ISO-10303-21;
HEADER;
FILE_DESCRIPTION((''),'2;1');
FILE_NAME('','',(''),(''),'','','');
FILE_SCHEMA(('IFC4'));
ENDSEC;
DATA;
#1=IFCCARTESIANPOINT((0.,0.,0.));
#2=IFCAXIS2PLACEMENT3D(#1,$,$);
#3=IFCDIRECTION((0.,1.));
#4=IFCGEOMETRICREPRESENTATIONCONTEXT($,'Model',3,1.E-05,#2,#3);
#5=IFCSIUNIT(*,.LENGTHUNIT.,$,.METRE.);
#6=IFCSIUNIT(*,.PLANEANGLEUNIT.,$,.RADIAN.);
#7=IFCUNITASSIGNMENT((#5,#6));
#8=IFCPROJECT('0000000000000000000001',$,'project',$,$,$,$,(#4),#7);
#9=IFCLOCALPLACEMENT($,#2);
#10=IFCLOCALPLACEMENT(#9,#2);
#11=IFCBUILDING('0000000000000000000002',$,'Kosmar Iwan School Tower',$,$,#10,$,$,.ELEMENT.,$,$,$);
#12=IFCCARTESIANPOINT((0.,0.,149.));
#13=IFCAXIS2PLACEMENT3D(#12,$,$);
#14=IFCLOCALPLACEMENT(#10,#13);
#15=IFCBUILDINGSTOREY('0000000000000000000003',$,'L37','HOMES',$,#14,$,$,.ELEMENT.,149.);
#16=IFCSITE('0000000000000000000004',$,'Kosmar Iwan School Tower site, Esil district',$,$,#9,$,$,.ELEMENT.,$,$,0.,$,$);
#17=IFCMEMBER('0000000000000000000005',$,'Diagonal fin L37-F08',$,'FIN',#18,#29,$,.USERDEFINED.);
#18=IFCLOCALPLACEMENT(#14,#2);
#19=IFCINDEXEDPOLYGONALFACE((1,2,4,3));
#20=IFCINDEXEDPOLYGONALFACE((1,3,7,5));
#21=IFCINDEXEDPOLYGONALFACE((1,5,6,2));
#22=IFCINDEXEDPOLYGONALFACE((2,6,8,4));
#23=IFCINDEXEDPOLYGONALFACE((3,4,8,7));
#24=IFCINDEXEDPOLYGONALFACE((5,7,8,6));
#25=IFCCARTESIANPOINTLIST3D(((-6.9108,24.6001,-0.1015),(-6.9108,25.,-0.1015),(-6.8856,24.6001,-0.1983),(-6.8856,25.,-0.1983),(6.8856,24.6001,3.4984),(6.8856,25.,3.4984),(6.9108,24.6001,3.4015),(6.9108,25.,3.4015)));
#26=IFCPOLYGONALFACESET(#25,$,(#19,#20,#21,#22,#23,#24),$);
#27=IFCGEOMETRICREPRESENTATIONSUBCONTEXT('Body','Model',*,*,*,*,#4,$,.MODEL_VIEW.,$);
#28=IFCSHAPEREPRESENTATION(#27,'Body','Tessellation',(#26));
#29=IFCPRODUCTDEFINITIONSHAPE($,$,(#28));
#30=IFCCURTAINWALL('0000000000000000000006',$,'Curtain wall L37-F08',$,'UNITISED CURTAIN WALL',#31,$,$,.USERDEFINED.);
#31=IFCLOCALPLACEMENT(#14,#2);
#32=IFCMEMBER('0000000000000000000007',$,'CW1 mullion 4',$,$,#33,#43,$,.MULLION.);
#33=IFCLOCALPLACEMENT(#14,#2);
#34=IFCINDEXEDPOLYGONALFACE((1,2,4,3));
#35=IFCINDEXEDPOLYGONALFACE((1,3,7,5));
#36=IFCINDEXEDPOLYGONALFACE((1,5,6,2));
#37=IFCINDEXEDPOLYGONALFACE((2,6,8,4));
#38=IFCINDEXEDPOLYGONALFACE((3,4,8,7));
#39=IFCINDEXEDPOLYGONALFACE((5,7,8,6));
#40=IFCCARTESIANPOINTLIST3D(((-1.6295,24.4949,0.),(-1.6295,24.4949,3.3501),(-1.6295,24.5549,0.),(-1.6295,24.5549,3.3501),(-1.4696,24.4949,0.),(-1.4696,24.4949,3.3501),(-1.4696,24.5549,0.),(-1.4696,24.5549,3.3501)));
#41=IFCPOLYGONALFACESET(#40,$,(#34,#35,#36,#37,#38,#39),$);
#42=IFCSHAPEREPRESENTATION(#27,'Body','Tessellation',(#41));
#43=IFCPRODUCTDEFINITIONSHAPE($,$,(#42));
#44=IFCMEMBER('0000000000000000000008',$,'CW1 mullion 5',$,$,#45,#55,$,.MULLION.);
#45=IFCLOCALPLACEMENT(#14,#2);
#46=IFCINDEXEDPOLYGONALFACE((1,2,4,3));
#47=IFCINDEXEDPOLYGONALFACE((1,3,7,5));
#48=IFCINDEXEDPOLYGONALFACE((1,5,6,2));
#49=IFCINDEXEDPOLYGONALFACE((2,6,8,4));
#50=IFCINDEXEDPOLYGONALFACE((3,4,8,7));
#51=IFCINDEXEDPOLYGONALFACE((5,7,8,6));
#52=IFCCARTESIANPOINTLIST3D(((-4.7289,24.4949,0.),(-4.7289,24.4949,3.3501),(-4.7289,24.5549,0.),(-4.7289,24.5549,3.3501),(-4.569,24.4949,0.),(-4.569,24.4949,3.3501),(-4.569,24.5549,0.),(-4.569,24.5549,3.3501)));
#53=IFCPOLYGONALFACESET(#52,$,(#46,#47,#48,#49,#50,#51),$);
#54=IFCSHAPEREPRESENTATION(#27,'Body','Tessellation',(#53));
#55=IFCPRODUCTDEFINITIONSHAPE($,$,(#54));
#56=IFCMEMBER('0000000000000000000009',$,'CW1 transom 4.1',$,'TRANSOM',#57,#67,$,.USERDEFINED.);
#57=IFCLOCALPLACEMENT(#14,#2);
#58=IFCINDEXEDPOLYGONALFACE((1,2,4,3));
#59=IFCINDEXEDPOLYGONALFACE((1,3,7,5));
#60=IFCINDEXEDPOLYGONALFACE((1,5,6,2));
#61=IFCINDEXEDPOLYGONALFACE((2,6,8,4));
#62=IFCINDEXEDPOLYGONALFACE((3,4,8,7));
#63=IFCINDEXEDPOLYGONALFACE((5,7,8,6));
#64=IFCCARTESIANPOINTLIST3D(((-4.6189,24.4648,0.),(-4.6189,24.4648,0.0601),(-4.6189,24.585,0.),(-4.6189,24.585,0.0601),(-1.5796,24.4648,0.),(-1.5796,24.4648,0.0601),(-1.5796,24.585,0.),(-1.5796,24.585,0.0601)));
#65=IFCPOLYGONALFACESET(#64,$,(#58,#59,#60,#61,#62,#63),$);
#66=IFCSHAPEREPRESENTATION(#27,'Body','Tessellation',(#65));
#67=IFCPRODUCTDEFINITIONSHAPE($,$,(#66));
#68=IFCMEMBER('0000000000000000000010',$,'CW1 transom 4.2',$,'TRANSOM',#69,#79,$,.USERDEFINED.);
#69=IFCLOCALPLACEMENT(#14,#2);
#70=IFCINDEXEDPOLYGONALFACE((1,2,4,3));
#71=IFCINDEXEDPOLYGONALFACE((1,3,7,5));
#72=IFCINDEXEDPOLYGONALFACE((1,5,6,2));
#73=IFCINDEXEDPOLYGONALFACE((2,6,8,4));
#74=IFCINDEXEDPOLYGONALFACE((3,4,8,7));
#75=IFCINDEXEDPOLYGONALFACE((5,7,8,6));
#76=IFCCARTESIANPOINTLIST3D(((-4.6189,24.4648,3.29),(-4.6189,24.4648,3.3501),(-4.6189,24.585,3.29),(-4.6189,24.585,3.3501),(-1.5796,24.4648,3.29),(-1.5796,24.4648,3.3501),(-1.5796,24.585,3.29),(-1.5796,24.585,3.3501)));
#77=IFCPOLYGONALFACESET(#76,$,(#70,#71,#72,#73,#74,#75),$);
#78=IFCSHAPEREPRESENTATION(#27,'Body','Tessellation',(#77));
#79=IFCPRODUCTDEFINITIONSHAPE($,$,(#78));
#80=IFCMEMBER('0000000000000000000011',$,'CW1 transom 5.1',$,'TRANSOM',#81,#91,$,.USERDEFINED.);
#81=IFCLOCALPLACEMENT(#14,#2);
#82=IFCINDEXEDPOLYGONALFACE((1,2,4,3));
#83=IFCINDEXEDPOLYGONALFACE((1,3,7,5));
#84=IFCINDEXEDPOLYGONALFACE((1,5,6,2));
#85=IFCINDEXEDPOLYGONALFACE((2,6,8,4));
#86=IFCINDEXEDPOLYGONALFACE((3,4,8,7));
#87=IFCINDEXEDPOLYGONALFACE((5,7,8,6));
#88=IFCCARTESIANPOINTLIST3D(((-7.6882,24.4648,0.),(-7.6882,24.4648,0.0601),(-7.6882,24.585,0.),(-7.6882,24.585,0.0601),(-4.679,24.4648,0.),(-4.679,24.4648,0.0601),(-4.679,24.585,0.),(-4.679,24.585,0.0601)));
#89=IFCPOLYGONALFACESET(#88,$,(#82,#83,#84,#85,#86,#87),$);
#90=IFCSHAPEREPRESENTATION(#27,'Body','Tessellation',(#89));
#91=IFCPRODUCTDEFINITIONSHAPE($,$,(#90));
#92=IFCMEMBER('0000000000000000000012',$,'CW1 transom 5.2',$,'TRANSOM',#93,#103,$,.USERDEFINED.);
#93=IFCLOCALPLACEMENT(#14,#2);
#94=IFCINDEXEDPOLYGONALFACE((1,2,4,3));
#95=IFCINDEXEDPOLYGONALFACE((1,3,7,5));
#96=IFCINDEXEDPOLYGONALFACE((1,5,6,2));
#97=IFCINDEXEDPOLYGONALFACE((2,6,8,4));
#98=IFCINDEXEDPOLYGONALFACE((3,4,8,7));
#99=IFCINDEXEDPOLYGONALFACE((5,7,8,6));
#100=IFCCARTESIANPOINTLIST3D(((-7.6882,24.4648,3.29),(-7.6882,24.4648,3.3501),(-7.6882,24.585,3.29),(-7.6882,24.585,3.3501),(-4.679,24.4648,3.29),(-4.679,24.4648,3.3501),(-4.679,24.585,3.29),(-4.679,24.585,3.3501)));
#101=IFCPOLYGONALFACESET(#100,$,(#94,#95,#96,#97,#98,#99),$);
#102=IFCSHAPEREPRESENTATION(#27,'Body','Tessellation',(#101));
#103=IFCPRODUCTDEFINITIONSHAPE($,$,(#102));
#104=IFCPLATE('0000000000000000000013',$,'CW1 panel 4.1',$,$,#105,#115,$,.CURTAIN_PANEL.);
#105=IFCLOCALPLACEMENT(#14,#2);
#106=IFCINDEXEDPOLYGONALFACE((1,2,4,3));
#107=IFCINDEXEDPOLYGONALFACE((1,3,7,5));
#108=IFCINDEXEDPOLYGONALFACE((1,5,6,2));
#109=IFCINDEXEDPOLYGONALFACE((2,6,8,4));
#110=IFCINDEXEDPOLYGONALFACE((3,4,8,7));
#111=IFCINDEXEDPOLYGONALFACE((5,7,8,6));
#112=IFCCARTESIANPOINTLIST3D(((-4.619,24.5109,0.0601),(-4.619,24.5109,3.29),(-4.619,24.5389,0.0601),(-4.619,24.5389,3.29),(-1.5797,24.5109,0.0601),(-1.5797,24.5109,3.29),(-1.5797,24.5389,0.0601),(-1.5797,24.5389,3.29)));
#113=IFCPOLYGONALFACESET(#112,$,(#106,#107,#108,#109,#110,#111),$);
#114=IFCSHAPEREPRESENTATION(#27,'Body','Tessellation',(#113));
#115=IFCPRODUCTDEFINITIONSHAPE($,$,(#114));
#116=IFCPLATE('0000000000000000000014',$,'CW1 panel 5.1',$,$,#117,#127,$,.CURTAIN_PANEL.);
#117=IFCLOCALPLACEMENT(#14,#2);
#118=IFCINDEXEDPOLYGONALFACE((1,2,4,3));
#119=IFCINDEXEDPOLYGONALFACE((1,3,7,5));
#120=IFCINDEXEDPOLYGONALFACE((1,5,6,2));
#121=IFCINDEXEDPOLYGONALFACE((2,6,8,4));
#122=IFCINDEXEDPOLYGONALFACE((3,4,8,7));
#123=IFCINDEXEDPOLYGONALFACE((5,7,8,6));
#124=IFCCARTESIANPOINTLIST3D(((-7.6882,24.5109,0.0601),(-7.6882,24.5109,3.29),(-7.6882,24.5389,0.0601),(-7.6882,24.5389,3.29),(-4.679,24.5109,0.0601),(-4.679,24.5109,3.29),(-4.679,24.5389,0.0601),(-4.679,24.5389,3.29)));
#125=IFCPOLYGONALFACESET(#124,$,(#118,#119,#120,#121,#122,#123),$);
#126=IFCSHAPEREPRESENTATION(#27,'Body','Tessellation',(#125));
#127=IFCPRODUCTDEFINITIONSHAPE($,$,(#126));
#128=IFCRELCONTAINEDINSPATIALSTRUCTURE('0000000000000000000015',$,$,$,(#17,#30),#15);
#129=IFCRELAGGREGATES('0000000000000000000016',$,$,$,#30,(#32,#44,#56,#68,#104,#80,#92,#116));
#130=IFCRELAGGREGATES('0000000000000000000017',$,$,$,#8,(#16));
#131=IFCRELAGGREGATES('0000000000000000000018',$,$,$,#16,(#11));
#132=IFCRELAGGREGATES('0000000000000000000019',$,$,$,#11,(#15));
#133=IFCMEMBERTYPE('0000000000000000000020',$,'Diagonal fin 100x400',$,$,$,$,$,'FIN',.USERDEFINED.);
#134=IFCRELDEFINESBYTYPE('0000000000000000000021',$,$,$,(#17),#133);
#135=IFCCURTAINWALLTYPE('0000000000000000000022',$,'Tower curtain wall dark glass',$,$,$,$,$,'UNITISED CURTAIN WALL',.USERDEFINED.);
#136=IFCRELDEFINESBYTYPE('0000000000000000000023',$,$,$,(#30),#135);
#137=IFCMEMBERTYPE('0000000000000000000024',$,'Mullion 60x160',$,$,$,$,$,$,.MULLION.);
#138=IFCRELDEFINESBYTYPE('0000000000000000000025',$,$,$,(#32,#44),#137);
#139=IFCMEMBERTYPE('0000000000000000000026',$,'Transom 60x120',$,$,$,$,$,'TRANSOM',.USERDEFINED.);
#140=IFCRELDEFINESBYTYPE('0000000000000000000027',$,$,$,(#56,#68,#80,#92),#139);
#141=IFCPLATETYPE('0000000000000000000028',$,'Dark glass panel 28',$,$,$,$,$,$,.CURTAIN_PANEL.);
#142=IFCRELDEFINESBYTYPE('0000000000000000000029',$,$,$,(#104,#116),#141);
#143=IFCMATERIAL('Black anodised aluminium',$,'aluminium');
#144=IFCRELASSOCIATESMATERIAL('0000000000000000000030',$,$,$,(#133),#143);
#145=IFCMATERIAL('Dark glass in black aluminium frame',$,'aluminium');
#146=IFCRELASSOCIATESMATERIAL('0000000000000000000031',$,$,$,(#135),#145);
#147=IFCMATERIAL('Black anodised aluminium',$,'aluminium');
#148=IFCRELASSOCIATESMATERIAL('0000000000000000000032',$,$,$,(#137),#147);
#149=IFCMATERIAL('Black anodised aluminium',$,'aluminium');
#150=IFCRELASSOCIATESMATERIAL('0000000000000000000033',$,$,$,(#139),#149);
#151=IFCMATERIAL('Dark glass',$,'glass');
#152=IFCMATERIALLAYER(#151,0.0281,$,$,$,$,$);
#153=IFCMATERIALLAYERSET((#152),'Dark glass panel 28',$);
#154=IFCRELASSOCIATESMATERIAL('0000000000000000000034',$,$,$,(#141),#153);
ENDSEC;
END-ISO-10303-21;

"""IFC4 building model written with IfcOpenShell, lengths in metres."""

from ifc_helpers import new_model, si_unit, direction, frame, origin, origin_2d, place, context, subcontext, project, spatial, rectangle, extrude, material, layer, layer_set, material_profile, profile_set, type_object, element, aggregate, save


model = new_model("IFC4")

# Units and contexts
model_context = context("Model", 3, precision=1e-05, world=origin(), true_north=direction((0.0, 1.0)))
body_context = subcontext(model_context, "Body", "Model", "MODEL_VIEW")
ifc_project = project(units=[si_unit("LENGTHUNIT", "METRE"), si_unit("PLANEANGLEUNIT", "RADIAN")], contexts=[model_context])

# Site, building, storey
site_placement = place(None, origin())
site = spatial("IfcSite", under=ifc_project, at=site_placement, Name="Kosmar Iwan School Tower site, Esil district", CompositionType="ELEMENT", RefElevation=0.0)
building_placement = place(site_placement, origin())
building = spatial("IfcBuilding", under=site, at=building_placement, Name="Kosmar Iwan School Tower", CompositionType="ELEMENT")
storey_placement = place(building_placement, frame((0.0, 0.0, 149.0)))
storey = spatial("IfcBuildingStorey", under=building, at=storey_placement, Name="L37", Description="HOMES", CompositionType="ELEMENT", Elevation=149.0)

# Member
ifc_material_1 = material(Name="Black anodised aluminium", Category="aluminium")
ifc_material_profile_1 = material_profile(ifc_material_1, rectangle(XDim=0.1001, YDim=0.3999, at=origin_2d()), Name="FIN 100x400")
ifc_profile_set_1 = profile_set([ifc_material_profile_1], Name="Black anodised aluminium")
member_type_1 = type_object("IfcMemberType", Name="Diagonal fin 100x400", ElementType="FIN", PredefinedType="USERDEFINED", material=ifc_profile_set_1)
member_1_placement = place(storey_placement, frame((-6.8982, 24.8, -0.1499), z_axis=(0.967604, 0.0, 0.252474), x_axis=(-0.252474, 0.0, 0.967604)))
element("IfcMember", 1, at=member_1_placement, inside=storey, type_object=member_type_1, Name="Diagonal fin L37-F08", ObjectType="FIN", PredefinedType="USERDEFINED", context=body_context, shape_type="SweptSolid", body=[
    extrude(rectangle(XDim=0.1001, YDim=0.3999, at=origin_2d()), origin(), (0.0, 0.0, 1.0), 14.2583),
])

# Curtain wall, members, plates
ifc_material_2 = material(Name="Dark glass in black aluminium frame", Category="aluminium")
curtain_wall_type = type_object("IfcCurtainWallType", Name="Tower curtain wall dark glass", ElementType="UNITISED CURTAIN WALL", PredefinedType="USERDEFINED", material=ifc_material_2)
curtain_wall_placement = place(storey_placement, origin())
curtain_wall = element("IfcCurtainWall", 2, at=curtain_wall_placement, inside=storey, type_object=curtain_wall_type, Name="Curtain wall L37-F08", ObjectType="UNITISED CURTAIN WALL", PredefinedType="USERDEFINED")
ifc_material_3 = material(Name="Black anodised aluminium", Category="aluminium")
ifc_material_profile_2 = material_profile(ifc_material_3, rectangle(XDim=0.0601, YDim=0.1599, at=origin_2d()), Name="MULLION 60x160")
ifc_profile_set_2 = profile_set([ifc_material_profile_2], Name="Black anodised aluminium")
member_type_2 = type_object("IfcMemberType", Name="Mullion 60x160", PredefinedType="MULLION", material=ifc_profile_set_2)
member_2_placement = place(storey_placement, frame((-1.5496, 24.5249, 0.0), z_axis=(0.0, 0.0, 1.0), x_axis=(0.0, -1.0, 0.0)))
member_2 = element("IfcMember", 3, at=member_2_placement, type_object=member_type_2, Name="CW1 mullion 4", PredefinedType="MULLION", context=body_context, shape_type="SweptSolid", body=[
    extrude(rectangle(XDim=0.0601, YDim=0.1599, at=origin_2d()), origin(), (0.0, 0.0, 1.0), 3.3501),
])
member_3_placement = place(storey_placement, frame((-4.6489, 24.5249, 0.0), z_axis=(0.0, 0.0, 1.0), x_axis=(0.0, -1.0, 0.0)))
member_3 = element("IfcMember", 4, at=member_3_placement, type_object=member_type_2, Name="CW1 mullion 5", PredefinedType="MULLION", context=body_context, shape_type="SweptSolid", body=[
    extrude(rectangle(XDim=0.0601, YDim=0.1599, at=origin_2d()), origin(), (0.0, 0.0, 1.0), 3.3501),
])
ifc_material_4 = material(Name="Black anodised aluminium", Category="aluminium")
ifc_material_profile_3 = material_profile(ifc_material_4, rectangle(XDim=0.1201, YDim=0.0601, at=origin_2d()), Name="TRANSOM 60x120")
ifc_profile_set_3 = profile_set([ifc_material_profile_3], Name="Black anodised aluminium")
member_type_3 = type_object("IfcMemberType", Name="Transom 60x120", ElementType="TRANSOM", PredefinedType="USERDEFINED", material=ifc_profile_set_3)
member_4_placement = place(storey_placement, frame((-1.5796, 24.5249, 0.03), z_axis=(-1.0, 0.0, 0.0), x_axis=(0.0, -1.0, 0.0)))
member_4 = element("IfcMember", 5, at=member_4_placement, type_object=member_type_3, Name="CW1 transom 4.1", ObjectType="TRANSOM", PredefinedType="USERDEFINED", context=body_context, shape_type="SweptSolid", body=[
    extrude(rectangle(XDim=0.1201, YDim=0.0601, at=origin_2d()), origin(), (0.0, 0.0, 1.0), 3.0393),
])
member_5_placement = place(storey_placement, frame((-1.5796, 24.5249, 3.3201), z_axis=(-1.0, 0.0, 0.0), x_axis=(0.0, -1.0, 0.0)))
member_5 = element("IfcMember", 6, at=member_5_placement, type_object=member_type_3, Name="CW1 transom 4.2", ObjectType="TRANSOM", PredefinedType="USERDEFINED", context=body_context, shape_type="SweptSolid", body=[
    extrude(rectangle(XDim=0.1201, YDim=0.0601, at=origin_2d()), origin(), (0.0, 0.0, 1.0), 3.0393),
])
member_6_placement = place(storey_placement, frame((-4.679, 24.5249, 0.03), z_axis=(-1.0, 0.0, 0.0), x_axis=(0.0, -1.0, 0.0)))
member_6 = element("IfcMember", 7, at=member_6_placement, type_object=member_type_3, Name="CW1 transom 5.1", ObjectType="TRANSOM", PredefinedType="USERDEFINED", context=body_context, shape_type="SweptSolid", body=[
    extrude(rectangle(XDim=0.1201, YDim=0.0601, at=origin_2d()), origin(), (0.0, 0.0, 1.0), 3.0093),
])
member_7_placement = place(storey_placement, frame((-4.679, 24.5249, 3.3201), z_axis=(-1.0, 0.0, 0.0), x_axis=(0.0, -1.0, 0.0)))
member_7 = element("IfcMember", 8, at=member_7_placement, type_object=member_type_3, Name="CW1 transom 5.2", ObjectType="TRANSOM", PredefinedType="USERDEFINED", context=body_context, shape_type="SweptSolid", body=[
    extrude(rectangle(XDim=0.1201, YDim=0.0601, at=origin_2d()), origin(), (0.0, 0.0, 1.0), 3.0093),
])
ifc_material_5 = material(Name="Dark glass", Category="glass")
ifc_layer_1 = layer(ifc_material_5, 0.0281)
ifc_layer_set_1 = layer_set([ifc_layer_1], Name="Dark glass panel 28")
plate_type = type_object("IfcPlateType", Name="Dark glass panel 28", PredefinedType="CURTAIN_PANEL", material=ifc_layer_set_1)
plate_1_placement = place(storey_placement, frame((-3.0994, 24.5249, 0.0601), z_axis=(0.0, 0.0, 1.0), x_axis=(-1.0, 0.0, 0.0)))
plate_1 = element("IfcPlate", 9, at=plate_1_placement, type_object=plate_type, Name="CW1 panel 4.1", PredefinedType="CURTAIN_PANEL", context=body_context, shape_type="SweptSolid", body=[
    extrude(rectangle(XDim=3.0393, YDim=0.0281, at=origin_2d()), origin(), (0.0, 0.0, 1.0), 3.23),
])
plate_2_placement = place(storey_placement, frame((-6.1836, 24.5249, 0.0601), z_axis=(0.0, 0.0, 1.0), x_axis=(-1.0, 0.0, 0.0)))
plate_2 = element("IfcPlate", 10, at=plate_2_placement, type_object=plate_type, Name="CW1 panel 5.1", PredefinedType="CURTAIN_PANEL", context=body_context, shape_type="SweptSolid", body=[
    extrude(rectangle(XDim=3.0093, YDim=0.0281, at=origin_2d()), origin(), (0.0, 0.0, 1.0), 3.23),
])
aggregate(curtain_wall, [member_2, member_3, member_4, member_5, plate_1, member_6, member_7, plate_2])

save(model, "model.ifc")
